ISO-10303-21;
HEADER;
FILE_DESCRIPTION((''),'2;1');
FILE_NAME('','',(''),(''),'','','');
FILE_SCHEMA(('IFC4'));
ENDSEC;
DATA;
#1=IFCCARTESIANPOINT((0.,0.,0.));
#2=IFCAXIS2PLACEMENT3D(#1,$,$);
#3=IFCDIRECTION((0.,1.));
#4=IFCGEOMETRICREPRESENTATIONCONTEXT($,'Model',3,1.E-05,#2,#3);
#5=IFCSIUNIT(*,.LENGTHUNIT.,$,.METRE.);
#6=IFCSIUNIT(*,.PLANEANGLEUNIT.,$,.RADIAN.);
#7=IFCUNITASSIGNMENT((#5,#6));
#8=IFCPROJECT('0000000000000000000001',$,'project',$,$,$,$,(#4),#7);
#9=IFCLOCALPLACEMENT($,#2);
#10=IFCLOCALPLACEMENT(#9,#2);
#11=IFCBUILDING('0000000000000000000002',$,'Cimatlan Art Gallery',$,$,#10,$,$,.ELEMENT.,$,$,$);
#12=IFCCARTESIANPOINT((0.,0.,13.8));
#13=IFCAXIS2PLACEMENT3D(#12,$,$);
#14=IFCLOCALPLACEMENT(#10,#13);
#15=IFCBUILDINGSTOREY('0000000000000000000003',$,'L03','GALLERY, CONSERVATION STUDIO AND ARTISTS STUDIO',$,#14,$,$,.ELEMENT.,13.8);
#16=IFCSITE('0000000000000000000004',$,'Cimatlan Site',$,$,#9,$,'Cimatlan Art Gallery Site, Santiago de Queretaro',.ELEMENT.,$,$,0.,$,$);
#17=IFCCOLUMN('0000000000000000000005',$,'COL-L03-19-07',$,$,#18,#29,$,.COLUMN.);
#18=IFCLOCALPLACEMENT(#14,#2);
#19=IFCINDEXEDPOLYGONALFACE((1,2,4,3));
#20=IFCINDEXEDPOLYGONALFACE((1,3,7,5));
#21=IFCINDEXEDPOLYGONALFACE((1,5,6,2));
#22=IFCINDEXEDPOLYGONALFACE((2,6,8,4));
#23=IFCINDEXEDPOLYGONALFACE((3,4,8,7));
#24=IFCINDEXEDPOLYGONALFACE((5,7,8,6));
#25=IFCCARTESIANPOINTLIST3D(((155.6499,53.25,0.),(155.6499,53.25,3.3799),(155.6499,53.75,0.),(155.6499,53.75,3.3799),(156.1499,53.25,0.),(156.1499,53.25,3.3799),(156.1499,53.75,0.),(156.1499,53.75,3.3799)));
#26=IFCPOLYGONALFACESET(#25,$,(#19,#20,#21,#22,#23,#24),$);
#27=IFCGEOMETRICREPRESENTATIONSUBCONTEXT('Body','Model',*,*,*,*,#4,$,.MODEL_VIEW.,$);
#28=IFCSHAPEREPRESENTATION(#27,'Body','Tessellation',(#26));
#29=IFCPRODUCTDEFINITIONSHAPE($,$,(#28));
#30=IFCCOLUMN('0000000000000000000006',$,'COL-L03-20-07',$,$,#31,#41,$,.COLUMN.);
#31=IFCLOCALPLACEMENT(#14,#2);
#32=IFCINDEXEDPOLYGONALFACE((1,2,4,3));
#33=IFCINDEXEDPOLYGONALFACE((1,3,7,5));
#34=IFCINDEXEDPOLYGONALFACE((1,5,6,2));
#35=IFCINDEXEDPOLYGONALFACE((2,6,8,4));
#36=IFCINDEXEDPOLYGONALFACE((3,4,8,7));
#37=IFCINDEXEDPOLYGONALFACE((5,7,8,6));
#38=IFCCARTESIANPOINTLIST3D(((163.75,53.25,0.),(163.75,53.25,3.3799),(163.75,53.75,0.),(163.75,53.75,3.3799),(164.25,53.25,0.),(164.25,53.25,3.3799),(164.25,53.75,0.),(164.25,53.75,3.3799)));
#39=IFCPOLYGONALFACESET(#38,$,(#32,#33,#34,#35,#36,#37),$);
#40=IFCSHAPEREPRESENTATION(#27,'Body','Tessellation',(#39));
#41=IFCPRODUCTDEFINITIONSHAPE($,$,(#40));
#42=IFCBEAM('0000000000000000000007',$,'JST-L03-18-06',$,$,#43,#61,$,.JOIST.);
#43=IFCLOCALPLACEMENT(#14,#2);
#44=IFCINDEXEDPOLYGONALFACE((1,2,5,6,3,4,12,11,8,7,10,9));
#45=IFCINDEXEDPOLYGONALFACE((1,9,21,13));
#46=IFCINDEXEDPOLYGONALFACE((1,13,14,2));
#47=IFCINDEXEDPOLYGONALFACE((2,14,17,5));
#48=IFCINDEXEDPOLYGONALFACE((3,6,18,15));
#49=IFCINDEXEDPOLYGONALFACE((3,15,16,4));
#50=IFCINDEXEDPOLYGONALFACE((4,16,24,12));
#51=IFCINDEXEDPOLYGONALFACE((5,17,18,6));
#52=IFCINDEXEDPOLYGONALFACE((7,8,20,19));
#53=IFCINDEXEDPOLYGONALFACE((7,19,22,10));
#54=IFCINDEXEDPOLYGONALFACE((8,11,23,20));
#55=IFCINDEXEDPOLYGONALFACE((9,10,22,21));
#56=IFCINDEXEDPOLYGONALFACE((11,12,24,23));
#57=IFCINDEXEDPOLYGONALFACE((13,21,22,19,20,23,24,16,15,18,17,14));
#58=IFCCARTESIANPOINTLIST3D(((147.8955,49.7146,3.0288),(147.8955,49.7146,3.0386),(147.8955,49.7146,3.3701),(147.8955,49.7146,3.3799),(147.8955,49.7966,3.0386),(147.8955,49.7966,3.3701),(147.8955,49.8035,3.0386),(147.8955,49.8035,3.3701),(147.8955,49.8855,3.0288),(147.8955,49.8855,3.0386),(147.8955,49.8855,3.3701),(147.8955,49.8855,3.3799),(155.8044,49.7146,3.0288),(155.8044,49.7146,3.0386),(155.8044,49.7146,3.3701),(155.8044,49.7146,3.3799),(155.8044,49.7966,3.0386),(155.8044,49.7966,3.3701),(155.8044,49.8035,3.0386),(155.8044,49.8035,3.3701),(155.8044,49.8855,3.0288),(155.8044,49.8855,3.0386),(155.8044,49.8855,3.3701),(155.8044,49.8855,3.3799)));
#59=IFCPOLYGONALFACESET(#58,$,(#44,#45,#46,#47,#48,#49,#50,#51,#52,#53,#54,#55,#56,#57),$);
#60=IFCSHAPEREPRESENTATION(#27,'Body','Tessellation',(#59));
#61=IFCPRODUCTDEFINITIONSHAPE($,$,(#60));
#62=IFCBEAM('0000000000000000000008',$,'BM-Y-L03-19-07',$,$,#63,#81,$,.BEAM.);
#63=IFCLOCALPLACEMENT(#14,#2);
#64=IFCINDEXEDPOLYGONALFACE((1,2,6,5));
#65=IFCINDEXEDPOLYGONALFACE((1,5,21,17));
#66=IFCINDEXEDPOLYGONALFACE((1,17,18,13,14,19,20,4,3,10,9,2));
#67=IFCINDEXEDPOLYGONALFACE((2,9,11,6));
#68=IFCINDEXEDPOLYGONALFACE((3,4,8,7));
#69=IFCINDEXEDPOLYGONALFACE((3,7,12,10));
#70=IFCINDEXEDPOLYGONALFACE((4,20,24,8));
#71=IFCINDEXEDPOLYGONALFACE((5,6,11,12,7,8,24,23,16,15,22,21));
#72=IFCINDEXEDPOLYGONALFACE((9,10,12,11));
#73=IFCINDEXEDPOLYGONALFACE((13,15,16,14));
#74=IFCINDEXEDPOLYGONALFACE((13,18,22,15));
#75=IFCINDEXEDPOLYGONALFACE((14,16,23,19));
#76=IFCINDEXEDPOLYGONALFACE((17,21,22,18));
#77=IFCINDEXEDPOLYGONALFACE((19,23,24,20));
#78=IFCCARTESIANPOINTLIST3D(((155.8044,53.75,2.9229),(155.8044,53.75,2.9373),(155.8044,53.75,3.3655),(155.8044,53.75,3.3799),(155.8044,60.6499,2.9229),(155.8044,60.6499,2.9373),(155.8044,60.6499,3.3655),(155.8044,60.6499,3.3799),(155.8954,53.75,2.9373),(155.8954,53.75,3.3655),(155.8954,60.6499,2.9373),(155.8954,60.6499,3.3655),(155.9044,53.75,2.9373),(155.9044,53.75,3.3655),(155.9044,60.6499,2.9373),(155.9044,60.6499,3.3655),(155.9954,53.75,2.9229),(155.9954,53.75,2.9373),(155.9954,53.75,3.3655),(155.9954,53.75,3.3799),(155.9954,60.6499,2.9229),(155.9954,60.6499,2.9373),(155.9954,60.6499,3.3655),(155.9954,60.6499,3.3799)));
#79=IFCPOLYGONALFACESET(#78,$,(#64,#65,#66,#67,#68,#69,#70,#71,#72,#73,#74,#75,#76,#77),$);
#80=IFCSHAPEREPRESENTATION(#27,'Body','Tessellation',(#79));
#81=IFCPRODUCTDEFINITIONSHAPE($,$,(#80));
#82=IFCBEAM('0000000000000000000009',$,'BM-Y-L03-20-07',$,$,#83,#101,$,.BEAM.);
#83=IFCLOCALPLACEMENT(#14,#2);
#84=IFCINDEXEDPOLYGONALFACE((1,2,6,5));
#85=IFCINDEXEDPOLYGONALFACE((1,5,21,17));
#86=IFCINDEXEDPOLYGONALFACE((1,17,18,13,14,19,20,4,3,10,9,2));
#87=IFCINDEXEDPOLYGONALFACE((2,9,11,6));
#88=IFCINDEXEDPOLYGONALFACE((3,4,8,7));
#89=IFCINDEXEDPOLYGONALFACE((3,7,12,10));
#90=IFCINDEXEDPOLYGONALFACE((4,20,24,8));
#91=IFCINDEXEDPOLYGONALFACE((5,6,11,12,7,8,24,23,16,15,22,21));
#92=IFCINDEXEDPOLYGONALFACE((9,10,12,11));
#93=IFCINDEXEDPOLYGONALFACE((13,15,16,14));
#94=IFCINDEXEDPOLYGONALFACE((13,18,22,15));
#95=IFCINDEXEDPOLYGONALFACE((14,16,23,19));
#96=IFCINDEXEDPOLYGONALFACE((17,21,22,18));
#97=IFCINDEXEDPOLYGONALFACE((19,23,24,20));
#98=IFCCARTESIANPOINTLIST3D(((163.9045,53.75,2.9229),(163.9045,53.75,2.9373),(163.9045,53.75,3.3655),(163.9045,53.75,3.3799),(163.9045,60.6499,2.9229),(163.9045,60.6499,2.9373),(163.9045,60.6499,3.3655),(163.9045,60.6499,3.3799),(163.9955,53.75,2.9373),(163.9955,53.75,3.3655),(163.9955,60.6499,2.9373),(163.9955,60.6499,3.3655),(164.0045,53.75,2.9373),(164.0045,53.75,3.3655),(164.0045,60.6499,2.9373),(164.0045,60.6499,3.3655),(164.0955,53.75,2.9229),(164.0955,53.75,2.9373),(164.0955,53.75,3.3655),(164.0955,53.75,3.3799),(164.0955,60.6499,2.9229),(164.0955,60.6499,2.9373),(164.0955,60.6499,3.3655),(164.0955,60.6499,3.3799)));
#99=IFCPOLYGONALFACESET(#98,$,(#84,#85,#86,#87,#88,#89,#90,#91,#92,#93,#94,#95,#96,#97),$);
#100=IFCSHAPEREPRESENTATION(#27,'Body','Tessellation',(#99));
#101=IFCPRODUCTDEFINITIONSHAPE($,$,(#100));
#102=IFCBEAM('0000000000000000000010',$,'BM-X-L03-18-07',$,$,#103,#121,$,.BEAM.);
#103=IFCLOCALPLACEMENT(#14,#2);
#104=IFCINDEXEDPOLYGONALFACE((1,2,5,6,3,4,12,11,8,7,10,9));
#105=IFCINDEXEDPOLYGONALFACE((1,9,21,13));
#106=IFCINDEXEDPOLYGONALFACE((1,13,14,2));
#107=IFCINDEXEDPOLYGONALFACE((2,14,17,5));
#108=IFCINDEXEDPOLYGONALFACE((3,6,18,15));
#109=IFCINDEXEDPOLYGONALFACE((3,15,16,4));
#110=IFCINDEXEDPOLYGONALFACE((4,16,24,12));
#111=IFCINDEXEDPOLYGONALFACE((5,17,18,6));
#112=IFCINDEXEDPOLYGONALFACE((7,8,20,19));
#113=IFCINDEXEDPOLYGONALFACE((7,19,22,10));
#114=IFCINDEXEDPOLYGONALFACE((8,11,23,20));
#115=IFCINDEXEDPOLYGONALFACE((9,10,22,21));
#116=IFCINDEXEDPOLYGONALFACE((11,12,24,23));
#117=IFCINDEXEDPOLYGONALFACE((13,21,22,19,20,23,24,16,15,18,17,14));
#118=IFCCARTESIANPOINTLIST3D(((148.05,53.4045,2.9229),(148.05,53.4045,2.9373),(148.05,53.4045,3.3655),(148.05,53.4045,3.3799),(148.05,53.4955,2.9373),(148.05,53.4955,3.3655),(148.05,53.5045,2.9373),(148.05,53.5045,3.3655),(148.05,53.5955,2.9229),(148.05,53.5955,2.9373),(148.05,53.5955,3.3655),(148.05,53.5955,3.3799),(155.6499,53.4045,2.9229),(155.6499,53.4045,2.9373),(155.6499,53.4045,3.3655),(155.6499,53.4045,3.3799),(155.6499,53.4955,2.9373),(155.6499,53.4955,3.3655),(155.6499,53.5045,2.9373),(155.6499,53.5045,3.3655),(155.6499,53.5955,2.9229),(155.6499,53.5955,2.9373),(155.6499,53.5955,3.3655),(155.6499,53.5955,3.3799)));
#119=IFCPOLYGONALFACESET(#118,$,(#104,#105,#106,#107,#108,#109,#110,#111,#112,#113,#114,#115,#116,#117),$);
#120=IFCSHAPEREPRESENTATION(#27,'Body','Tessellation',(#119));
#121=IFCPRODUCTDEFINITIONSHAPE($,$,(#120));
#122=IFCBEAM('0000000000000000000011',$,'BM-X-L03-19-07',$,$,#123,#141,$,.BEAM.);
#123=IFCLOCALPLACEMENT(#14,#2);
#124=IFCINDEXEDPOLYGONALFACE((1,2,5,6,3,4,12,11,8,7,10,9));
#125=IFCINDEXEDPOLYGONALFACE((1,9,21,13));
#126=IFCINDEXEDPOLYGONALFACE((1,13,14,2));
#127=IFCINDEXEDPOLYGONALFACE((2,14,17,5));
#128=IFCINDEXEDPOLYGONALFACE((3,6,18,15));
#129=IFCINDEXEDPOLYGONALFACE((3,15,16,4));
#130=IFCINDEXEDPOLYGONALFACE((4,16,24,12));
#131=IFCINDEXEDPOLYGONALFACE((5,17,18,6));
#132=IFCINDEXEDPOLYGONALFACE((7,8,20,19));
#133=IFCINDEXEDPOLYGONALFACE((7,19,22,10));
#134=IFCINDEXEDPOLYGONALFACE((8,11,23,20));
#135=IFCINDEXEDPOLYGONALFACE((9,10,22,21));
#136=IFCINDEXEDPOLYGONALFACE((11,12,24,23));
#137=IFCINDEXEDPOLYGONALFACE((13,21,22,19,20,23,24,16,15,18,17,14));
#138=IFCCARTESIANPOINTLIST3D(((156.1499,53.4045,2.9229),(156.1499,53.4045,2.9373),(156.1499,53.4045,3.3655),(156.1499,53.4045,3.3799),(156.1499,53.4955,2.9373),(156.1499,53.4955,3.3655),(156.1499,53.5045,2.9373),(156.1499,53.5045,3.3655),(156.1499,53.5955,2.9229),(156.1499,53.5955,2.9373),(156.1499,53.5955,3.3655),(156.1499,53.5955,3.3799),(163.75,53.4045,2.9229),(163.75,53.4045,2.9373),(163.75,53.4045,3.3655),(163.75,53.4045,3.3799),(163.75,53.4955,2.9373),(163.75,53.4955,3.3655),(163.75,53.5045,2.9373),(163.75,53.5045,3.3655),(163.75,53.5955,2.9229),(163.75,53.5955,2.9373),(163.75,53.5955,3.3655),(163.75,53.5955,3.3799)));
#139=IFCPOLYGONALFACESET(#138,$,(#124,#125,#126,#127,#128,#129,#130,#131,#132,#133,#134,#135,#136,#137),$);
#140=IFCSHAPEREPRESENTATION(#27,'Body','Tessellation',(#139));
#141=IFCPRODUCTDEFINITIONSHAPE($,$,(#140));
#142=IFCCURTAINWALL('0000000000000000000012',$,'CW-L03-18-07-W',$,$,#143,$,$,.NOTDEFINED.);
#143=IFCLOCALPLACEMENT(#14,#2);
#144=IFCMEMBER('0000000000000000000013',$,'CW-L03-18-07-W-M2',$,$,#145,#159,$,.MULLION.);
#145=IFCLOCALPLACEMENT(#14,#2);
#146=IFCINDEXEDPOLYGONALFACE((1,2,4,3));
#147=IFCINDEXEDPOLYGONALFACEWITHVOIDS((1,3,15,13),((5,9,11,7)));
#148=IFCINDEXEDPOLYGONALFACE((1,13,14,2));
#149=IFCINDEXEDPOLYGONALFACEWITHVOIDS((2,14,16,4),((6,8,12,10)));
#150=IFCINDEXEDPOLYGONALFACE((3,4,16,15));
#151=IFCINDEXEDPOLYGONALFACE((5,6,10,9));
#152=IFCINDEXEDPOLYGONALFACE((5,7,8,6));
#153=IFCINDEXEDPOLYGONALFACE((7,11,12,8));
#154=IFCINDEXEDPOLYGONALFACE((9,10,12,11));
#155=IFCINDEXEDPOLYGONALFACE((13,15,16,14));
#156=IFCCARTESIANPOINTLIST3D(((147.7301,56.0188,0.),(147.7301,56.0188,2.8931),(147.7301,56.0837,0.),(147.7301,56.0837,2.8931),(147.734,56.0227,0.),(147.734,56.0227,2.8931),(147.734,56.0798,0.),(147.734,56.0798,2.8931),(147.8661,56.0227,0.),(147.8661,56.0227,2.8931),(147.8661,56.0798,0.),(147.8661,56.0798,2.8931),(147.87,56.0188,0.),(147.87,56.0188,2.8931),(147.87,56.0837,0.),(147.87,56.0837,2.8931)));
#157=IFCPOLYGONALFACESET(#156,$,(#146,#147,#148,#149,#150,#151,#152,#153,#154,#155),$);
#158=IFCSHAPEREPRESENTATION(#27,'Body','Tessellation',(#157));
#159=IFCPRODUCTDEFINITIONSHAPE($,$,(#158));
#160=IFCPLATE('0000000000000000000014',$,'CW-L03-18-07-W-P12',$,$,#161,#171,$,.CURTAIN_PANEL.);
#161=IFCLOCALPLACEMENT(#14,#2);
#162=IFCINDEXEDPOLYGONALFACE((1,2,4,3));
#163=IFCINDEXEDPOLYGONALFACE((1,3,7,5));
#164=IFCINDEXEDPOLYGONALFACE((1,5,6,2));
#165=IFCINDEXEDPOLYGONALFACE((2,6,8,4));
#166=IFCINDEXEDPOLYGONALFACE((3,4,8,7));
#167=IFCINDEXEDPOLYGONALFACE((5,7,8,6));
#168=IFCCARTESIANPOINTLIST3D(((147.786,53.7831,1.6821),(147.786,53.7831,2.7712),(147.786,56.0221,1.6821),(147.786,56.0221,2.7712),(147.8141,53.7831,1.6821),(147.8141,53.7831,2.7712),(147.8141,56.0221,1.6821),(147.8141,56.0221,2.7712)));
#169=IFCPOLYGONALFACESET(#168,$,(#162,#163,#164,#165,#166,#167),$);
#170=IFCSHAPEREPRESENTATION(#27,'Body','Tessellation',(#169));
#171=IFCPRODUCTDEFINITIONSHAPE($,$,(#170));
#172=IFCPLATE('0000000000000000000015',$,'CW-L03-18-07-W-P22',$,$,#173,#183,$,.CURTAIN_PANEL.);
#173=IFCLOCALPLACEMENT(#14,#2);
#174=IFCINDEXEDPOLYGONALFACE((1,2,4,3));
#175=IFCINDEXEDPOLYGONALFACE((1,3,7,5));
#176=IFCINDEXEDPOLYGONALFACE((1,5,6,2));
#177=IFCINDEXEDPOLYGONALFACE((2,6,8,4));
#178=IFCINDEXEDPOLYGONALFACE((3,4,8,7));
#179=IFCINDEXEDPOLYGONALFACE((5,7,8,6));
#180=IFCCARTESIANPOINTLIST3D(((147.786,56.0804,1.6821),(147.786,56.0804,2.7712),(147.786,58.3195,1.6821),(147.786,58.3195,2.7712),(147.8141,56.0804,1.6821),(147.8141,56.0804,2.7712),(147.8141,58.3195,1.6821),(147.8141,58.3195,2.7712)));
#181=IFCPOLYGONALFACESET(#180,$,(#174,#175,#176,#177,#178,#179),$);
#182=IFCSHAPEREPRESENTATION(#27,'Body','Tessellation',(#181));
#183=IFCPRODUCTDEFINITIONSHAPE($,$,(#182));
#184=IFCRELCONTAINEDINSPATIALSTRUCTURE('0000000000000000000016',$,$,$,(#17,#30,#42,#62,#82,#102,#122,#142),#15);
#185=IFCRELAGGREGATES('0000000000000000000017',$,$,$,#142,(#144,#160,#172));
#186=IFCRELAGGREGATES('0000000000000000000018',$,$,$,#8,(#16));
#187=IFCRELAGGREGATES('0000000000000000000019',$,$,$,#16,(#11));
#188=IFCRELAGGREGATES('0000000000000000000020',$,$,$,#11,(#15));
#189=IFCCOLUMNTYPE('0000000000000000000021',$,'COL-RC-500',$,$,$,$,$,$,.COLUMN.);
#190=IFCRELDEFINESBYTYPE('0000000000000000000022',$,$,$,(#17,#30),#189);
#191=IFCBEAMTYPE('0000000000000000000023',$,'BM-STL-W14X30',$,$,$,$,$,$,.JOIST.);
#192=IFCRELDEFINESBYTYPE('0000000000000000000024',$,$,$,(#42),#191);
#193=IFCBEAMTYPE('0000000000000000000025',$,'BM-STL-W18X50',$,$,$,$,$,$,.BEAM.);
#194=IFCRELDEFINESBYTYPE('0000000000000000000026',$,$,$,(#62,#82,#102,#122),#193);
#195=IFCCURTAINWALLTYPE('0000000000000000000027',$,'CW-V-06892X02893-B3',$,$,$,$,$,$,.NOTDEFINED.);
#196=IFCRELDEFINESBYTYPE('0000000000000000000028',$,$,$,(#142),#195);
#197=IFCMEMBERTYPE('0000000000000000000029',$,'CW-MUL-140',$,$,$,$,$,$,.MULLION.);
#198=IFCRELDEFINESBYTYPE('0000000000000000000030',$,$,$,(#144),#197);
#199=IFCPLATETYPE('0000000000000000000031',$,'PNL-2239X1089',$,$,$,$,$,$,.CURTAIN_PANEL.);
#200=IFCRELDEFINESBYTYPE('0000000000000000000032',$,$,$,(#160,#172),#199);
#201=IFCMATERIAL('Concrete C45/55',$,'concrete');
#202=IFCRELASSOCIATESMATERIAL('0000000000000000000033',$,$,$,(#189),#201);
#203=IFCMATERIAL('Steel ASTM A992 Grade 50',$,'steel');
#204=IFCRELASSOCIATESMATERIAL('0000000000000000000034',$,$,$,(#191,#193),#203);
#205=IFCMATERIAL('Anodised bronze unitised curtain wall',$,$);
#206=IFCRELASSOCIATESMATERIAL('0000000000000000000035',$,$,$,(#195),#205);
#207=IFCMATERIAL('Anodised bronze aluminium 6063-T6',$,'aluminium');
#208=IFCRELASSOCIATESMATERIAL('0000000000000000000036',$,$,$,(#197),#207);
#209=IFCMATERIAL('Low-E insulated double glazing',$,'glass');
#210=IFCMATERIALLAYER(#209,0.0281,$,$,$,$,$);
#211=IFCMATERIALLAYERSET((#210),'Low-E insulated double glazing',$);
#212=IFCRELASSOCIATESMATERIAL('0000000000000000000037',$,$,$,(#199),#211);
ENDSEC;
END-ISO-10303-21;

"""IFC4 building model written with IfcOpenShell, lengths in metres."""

from ifc_helpers import new_model, si_unit, direction, frame, origin, origin_2d, place, context, subcontext, project, spatial, rectangle, hollow_rectangle, i_section, extrude, material, layer, layer_set, material_profile, profile_set, type_object, element, aggregate, save


model = new_model("IFC4")

# Units and contexts
model_context = context("Model", 3, precision=1e-05, world=origin(), true_north=direction((0.0, 1.0)))
body_context = subcontext(model_context, "Body", "Model", "MODEL_VIEW")
ifc_project = project(units=[si_unit("LENGTHUNIT", "METRE"), si_unit("PLANEANGLEUNIT", "RADIAN")], contexts=[model_context])

# Site, building, storey
site_placement = place(None, origin())
site = spatial("IfcSite", under=ifc_project, at=site_placement, Name="Cimatlan Site", LongName="Cimatlan Art Gallery Site, Santiago de Queretaro", CompositionType="ELEMENT", RefElevation=0.0)
building_placement = place(site_placement, origin())
building = spatial("IfcBuilding", under=site, at=building_placement, Name="Cimatlan Art Gallery", CompositionType="ELEMENT")
storey_placement = place(building_placement, frame((0.0, 0.0, 13.8)))
storey = spatial("IfcBuildingStorey", under=building, at=storey_placement, Name="L03", Description="GALLERY, CONSERVATION STUDIO AND ARTISTS STUDIO", CompositionType="ELEMENT", Elevation=13.8)

# Columns
ifc_material_1 = material(Name="Concrete C45/55", Category="concrete")
ifc_material_profile_1 = material_profile(ifc_material_1, rectangle(XDim=0.5, YDim=0.5, at=origin_2d()), Name="RC500X500")
ifc_profile_set_1 = profile_set([ifc_material_profile_1], Name="Concrete C45/55")
column_type = type_object("IfcColumnType", Name="COL-RC-500", PredefinedType="COLUMN", material=ifc_profile_set_1)
for number, where, z_axis, x_axis, name in (
    (1, (155.8999, 53.5, 0.0), (0.0, 0.0, 1.0), (1.0, 0.0, 0.0), "COL-L03-19-07"),
    (2, (164.0, 53.5, 0.0), (0.0, 0.0, 1.0), (1.0, 0.0, 0.0), "COL-L03-20-07"),
):
    element("IfcColumn", number, at=place(storey_placement, frame(where, z_axis=z_axis, x_axis=x_axis)), inside=storey, type_object=column_type, Name=name, PredefinedType="COLUMN", context=body_context, shape_type="SweptSolid", body=[
        extrude(rectangle(XDim=0.5, YDim=0.5, at=origin_2d()), origin(), (0.0, 0.0, 1.0), 3.3799),
    ])

# Beams
ifc_material_2 = material(Name="Steel ASTM A992 Grade 50", Category="steel")
ifc_material_profile_2 = material_profile(ifc_material_2, i_section(OverallWidth=0.1709, OverallDepth=0.3511, WebThickness=0.0068, FlangeThickness=0.0098, at=origin_2d()), Name="W14X30")
ifc_profile_set_2 = profile_set([ifc_material_profile_2], Name="Steel ASTM A992 Grade 50")
beam_type_1 = type_object("IfcBeamType", Name="BM-STL-W14X30", PredefinedType="JOIST", material=ifc_profile_set_2)
beam_1_placement = place(storey_placement, frame((147.8955, 49.8, 3.2043), z_axis=(1.0, 0.0, 0.0), x_axis=(0.0, 1.0, 0.0)))
element("IfcBeam", 3, at=beam_1_placement, inside=storey, type_object=beam_type_1, Name="JST-L03-18-06", PredefinedType="JOIST", context=body_context, shape_type="SweptSolid", body=[
    extrude(i_section(OverallWidth=0.1709, OverallDepth=0.3511, WebThickness=0.0068, FlangeThickness=0.0098, at=origin_2d()), origin(), (0.0, 0.0, 1.0), 7.9089),
])
ifc_material_profile_3 = material_profile(ifc_material_2, i_section(OverallWidth=0.1909, OverallDepth=0.457, WebThickness=0.009, FlangeThickness=0.0144, at=origin_2d()), Name="W18X50")
ifc_profile_set_3 = profile_set([ifc_material_profile_3], Name="Steel ASTM A992 Grade 50")
beam_type_2 = type_object("IfcBeamType", Name="BM-STL-W18X50", PredefinedType="BEAM", material=ifc_profile_set_3)
for number, where, z_axis, x_axis, name in (
    (4, (155.8999, 53.75, 3.1514), (0.0, 1.0, 0.0), (-1.0, 0.0, 0.0), "BM-Y-L03-19-07"),
    (5, (164.0, 53.75, 3.1514), (0.0, 1.0, 0.0), (-1.0, 0.0, 0.0), "BM-Y-L03-20-07"),
):
    element("IfcBeam", number, at=place(storey_placement, frame(where, z_axis=z_axis, x_axis=x_axis)), inside=storey, type_object=beam_type_2, Name=name, PredefinedType="BEAM", context=body_context, shape_type="SweptSolid", body=[
        extrude(i_section(OverallWidth=0.1909, OverallDepth=0.457, WebThickness=0.009, FlangeThickness=0.0144, at=origin_2d()), origin(), (0.0, 0.0, 1.0), 6.8999),
    ])
beam_2_placement = place(storey_placement, frame((148.05, 53.5, 3.1514), z_axis=(1.0, 0.0, 0.0), x_axis=(0.0, 1.0, 0.0)))
element("IfcBeam", 6, at=beam_2_placement, inside=storey, type_object=beam_type_2, Name="BM-X-L03-18-07", PredefinedType="BEAM", context=body_context, shape_type="SweptSolid", body=[
    extrude(i_section(OverallWidth=0.1909, OverallDepth=0.457, WebThickness=0.009, FlangeThickness=0.0144, at=origin_2d()), origin(), (0.0, 0.0, 1.0), 7.5999),
])
beam_3_placement = place(storey_placement, frame((156.1499, 53.5, 3.1514), z_axis=(1.0, 0.0, 0.0), x_axis=(0.0, 1.0, 0.0)))
element("IfcBeam", 7, at=beam_3_placement, inside=storey, type_object=beam_type_2, Name="BM-X-L03-19-07", PredefinedType="BEAM", context=body_context, shape_type="SweptSolid", body=[
    extrude(i_section(OverallWidth=0.1909, OverallDepth=0.457, WebThickness=0.009, FlangeThickness=0.0144, at=origin_2d()), origin(), (0.0, 0.0, 1.0), 7.6001),
])

# Curtain wall, member, plates
ifc_material_3 = material(Name="Anodised bronze unitised curtain wall")
curtain_wall_type = type_object("IfcCurtainWallType", Name="CW-V-06892X02893-B3", PredefinedType="NOTDEFINED", material=ifc_material_3)
curtain_wall_placement = place(storey_placement, origin())
curtain_wall = element("IfcCurtainWall", 8, at=curtain_wall_placement, inside=storey, type_object=curtain_wall_type, Name="CW-L03-18-07-W", PredefinedType="NOTDEFINED")
ifc_material_4 = material(Name="Anodised bronze aluminium 6063-T6", Category="aluminium")
ifc_material_profile_4 = material_profile(ifc_material_4, hollow_rectangle(XDim=0.0649, YDim=0.1399, WallThickness=0.0039, at=origin_2d()), Name="ALU65X140X4")
ifc_profile_set_4 = profile_set([ifc_material_profile_4], Name="Anodised bronze aluminium 6063-T6")
member_type = type_object("IfcMemberType", Name="CW-MUL-140", PredefinedType="MULLION", material=ifc_profile_set_4)
member_placement = place(storey_placement, frame((147.8, 56.0513, 0.0), z_axis=(0.0, 0.0, 1.0), x_axis=(0.0, 1.0, 0.0)))
member = element("IfcMember", 9, at=member_placement, type_object=member_type, Name="CW-L03-18-07-W-M2", PredefinedType="MULLION", context=body_context, shape_type="SweptSolid", body=[
    extrude(hollow_rectangle(XDim=0.0649, YDim=0.1399, WallThickness=0.0039, at=origin_2d()), origin(), (0.0, 0.0, 1.0), 2.8931),
])
ifc_material_5 = material(Name="Low-E insulated double glazing", Category="glass")
ifc_layer_1 = layer(ifc_material_5, 0.0281)
ifc_layer_set_1 = layer_set([ifc_layer_1], Name="Low-E insulated double glazing")
plate_type_1 = type_object("IfcPlateType", Name="PNL-2239X1089", PredefinedType="CURTAIN_PANEL", material=ifc_layer_set_1)
plate_1_placement = place(storey_placement, frame((147.8, 54.9026, 1.6821), z_axis=(0.0, 0.0, 1.0), x_axis=(0.0, 1.0, 0.0)))
plate_1 = element("IfcPlate", 10, at=plate_1_placement, type_object=plate_type_1, Name="CW-L03-18-07-W-P12", PredefinedType="CURTAIN_PANEL", context=body_context, shape_type="SweptSolid", body=[
    extrude(rectangle(XDim=2.239, YDim=0.0281, at=origin_2d()), origin(), (0.0, 0.0, 1.0), 1.0891),
])
plate_2_placement = place(storey_placement, frame((147.8, 57.2, 1.6821), z_axis=(0.0, 0.0, 1.0), x_axis=(0.0, 1.0, 0.0)))
plate_2 = element("IfcPlate", 11, at=plate_2_placement, type_object=plate_type_1, Name="CW-L03-18-07-W-P22", PredefinedType="CURTAIN_PANEL", context=body_context, shape_type="SweptSolid", body=[
    extrude(rectangle(XDim=2.239, YDim=0.0281, at=origin_2d()), origin(), (0.0, 0.0, 1.0), 1.0891),
])
aggregate(curtain_wall, [member, plate_1, plate_2])

save(model, "model.ifc")
